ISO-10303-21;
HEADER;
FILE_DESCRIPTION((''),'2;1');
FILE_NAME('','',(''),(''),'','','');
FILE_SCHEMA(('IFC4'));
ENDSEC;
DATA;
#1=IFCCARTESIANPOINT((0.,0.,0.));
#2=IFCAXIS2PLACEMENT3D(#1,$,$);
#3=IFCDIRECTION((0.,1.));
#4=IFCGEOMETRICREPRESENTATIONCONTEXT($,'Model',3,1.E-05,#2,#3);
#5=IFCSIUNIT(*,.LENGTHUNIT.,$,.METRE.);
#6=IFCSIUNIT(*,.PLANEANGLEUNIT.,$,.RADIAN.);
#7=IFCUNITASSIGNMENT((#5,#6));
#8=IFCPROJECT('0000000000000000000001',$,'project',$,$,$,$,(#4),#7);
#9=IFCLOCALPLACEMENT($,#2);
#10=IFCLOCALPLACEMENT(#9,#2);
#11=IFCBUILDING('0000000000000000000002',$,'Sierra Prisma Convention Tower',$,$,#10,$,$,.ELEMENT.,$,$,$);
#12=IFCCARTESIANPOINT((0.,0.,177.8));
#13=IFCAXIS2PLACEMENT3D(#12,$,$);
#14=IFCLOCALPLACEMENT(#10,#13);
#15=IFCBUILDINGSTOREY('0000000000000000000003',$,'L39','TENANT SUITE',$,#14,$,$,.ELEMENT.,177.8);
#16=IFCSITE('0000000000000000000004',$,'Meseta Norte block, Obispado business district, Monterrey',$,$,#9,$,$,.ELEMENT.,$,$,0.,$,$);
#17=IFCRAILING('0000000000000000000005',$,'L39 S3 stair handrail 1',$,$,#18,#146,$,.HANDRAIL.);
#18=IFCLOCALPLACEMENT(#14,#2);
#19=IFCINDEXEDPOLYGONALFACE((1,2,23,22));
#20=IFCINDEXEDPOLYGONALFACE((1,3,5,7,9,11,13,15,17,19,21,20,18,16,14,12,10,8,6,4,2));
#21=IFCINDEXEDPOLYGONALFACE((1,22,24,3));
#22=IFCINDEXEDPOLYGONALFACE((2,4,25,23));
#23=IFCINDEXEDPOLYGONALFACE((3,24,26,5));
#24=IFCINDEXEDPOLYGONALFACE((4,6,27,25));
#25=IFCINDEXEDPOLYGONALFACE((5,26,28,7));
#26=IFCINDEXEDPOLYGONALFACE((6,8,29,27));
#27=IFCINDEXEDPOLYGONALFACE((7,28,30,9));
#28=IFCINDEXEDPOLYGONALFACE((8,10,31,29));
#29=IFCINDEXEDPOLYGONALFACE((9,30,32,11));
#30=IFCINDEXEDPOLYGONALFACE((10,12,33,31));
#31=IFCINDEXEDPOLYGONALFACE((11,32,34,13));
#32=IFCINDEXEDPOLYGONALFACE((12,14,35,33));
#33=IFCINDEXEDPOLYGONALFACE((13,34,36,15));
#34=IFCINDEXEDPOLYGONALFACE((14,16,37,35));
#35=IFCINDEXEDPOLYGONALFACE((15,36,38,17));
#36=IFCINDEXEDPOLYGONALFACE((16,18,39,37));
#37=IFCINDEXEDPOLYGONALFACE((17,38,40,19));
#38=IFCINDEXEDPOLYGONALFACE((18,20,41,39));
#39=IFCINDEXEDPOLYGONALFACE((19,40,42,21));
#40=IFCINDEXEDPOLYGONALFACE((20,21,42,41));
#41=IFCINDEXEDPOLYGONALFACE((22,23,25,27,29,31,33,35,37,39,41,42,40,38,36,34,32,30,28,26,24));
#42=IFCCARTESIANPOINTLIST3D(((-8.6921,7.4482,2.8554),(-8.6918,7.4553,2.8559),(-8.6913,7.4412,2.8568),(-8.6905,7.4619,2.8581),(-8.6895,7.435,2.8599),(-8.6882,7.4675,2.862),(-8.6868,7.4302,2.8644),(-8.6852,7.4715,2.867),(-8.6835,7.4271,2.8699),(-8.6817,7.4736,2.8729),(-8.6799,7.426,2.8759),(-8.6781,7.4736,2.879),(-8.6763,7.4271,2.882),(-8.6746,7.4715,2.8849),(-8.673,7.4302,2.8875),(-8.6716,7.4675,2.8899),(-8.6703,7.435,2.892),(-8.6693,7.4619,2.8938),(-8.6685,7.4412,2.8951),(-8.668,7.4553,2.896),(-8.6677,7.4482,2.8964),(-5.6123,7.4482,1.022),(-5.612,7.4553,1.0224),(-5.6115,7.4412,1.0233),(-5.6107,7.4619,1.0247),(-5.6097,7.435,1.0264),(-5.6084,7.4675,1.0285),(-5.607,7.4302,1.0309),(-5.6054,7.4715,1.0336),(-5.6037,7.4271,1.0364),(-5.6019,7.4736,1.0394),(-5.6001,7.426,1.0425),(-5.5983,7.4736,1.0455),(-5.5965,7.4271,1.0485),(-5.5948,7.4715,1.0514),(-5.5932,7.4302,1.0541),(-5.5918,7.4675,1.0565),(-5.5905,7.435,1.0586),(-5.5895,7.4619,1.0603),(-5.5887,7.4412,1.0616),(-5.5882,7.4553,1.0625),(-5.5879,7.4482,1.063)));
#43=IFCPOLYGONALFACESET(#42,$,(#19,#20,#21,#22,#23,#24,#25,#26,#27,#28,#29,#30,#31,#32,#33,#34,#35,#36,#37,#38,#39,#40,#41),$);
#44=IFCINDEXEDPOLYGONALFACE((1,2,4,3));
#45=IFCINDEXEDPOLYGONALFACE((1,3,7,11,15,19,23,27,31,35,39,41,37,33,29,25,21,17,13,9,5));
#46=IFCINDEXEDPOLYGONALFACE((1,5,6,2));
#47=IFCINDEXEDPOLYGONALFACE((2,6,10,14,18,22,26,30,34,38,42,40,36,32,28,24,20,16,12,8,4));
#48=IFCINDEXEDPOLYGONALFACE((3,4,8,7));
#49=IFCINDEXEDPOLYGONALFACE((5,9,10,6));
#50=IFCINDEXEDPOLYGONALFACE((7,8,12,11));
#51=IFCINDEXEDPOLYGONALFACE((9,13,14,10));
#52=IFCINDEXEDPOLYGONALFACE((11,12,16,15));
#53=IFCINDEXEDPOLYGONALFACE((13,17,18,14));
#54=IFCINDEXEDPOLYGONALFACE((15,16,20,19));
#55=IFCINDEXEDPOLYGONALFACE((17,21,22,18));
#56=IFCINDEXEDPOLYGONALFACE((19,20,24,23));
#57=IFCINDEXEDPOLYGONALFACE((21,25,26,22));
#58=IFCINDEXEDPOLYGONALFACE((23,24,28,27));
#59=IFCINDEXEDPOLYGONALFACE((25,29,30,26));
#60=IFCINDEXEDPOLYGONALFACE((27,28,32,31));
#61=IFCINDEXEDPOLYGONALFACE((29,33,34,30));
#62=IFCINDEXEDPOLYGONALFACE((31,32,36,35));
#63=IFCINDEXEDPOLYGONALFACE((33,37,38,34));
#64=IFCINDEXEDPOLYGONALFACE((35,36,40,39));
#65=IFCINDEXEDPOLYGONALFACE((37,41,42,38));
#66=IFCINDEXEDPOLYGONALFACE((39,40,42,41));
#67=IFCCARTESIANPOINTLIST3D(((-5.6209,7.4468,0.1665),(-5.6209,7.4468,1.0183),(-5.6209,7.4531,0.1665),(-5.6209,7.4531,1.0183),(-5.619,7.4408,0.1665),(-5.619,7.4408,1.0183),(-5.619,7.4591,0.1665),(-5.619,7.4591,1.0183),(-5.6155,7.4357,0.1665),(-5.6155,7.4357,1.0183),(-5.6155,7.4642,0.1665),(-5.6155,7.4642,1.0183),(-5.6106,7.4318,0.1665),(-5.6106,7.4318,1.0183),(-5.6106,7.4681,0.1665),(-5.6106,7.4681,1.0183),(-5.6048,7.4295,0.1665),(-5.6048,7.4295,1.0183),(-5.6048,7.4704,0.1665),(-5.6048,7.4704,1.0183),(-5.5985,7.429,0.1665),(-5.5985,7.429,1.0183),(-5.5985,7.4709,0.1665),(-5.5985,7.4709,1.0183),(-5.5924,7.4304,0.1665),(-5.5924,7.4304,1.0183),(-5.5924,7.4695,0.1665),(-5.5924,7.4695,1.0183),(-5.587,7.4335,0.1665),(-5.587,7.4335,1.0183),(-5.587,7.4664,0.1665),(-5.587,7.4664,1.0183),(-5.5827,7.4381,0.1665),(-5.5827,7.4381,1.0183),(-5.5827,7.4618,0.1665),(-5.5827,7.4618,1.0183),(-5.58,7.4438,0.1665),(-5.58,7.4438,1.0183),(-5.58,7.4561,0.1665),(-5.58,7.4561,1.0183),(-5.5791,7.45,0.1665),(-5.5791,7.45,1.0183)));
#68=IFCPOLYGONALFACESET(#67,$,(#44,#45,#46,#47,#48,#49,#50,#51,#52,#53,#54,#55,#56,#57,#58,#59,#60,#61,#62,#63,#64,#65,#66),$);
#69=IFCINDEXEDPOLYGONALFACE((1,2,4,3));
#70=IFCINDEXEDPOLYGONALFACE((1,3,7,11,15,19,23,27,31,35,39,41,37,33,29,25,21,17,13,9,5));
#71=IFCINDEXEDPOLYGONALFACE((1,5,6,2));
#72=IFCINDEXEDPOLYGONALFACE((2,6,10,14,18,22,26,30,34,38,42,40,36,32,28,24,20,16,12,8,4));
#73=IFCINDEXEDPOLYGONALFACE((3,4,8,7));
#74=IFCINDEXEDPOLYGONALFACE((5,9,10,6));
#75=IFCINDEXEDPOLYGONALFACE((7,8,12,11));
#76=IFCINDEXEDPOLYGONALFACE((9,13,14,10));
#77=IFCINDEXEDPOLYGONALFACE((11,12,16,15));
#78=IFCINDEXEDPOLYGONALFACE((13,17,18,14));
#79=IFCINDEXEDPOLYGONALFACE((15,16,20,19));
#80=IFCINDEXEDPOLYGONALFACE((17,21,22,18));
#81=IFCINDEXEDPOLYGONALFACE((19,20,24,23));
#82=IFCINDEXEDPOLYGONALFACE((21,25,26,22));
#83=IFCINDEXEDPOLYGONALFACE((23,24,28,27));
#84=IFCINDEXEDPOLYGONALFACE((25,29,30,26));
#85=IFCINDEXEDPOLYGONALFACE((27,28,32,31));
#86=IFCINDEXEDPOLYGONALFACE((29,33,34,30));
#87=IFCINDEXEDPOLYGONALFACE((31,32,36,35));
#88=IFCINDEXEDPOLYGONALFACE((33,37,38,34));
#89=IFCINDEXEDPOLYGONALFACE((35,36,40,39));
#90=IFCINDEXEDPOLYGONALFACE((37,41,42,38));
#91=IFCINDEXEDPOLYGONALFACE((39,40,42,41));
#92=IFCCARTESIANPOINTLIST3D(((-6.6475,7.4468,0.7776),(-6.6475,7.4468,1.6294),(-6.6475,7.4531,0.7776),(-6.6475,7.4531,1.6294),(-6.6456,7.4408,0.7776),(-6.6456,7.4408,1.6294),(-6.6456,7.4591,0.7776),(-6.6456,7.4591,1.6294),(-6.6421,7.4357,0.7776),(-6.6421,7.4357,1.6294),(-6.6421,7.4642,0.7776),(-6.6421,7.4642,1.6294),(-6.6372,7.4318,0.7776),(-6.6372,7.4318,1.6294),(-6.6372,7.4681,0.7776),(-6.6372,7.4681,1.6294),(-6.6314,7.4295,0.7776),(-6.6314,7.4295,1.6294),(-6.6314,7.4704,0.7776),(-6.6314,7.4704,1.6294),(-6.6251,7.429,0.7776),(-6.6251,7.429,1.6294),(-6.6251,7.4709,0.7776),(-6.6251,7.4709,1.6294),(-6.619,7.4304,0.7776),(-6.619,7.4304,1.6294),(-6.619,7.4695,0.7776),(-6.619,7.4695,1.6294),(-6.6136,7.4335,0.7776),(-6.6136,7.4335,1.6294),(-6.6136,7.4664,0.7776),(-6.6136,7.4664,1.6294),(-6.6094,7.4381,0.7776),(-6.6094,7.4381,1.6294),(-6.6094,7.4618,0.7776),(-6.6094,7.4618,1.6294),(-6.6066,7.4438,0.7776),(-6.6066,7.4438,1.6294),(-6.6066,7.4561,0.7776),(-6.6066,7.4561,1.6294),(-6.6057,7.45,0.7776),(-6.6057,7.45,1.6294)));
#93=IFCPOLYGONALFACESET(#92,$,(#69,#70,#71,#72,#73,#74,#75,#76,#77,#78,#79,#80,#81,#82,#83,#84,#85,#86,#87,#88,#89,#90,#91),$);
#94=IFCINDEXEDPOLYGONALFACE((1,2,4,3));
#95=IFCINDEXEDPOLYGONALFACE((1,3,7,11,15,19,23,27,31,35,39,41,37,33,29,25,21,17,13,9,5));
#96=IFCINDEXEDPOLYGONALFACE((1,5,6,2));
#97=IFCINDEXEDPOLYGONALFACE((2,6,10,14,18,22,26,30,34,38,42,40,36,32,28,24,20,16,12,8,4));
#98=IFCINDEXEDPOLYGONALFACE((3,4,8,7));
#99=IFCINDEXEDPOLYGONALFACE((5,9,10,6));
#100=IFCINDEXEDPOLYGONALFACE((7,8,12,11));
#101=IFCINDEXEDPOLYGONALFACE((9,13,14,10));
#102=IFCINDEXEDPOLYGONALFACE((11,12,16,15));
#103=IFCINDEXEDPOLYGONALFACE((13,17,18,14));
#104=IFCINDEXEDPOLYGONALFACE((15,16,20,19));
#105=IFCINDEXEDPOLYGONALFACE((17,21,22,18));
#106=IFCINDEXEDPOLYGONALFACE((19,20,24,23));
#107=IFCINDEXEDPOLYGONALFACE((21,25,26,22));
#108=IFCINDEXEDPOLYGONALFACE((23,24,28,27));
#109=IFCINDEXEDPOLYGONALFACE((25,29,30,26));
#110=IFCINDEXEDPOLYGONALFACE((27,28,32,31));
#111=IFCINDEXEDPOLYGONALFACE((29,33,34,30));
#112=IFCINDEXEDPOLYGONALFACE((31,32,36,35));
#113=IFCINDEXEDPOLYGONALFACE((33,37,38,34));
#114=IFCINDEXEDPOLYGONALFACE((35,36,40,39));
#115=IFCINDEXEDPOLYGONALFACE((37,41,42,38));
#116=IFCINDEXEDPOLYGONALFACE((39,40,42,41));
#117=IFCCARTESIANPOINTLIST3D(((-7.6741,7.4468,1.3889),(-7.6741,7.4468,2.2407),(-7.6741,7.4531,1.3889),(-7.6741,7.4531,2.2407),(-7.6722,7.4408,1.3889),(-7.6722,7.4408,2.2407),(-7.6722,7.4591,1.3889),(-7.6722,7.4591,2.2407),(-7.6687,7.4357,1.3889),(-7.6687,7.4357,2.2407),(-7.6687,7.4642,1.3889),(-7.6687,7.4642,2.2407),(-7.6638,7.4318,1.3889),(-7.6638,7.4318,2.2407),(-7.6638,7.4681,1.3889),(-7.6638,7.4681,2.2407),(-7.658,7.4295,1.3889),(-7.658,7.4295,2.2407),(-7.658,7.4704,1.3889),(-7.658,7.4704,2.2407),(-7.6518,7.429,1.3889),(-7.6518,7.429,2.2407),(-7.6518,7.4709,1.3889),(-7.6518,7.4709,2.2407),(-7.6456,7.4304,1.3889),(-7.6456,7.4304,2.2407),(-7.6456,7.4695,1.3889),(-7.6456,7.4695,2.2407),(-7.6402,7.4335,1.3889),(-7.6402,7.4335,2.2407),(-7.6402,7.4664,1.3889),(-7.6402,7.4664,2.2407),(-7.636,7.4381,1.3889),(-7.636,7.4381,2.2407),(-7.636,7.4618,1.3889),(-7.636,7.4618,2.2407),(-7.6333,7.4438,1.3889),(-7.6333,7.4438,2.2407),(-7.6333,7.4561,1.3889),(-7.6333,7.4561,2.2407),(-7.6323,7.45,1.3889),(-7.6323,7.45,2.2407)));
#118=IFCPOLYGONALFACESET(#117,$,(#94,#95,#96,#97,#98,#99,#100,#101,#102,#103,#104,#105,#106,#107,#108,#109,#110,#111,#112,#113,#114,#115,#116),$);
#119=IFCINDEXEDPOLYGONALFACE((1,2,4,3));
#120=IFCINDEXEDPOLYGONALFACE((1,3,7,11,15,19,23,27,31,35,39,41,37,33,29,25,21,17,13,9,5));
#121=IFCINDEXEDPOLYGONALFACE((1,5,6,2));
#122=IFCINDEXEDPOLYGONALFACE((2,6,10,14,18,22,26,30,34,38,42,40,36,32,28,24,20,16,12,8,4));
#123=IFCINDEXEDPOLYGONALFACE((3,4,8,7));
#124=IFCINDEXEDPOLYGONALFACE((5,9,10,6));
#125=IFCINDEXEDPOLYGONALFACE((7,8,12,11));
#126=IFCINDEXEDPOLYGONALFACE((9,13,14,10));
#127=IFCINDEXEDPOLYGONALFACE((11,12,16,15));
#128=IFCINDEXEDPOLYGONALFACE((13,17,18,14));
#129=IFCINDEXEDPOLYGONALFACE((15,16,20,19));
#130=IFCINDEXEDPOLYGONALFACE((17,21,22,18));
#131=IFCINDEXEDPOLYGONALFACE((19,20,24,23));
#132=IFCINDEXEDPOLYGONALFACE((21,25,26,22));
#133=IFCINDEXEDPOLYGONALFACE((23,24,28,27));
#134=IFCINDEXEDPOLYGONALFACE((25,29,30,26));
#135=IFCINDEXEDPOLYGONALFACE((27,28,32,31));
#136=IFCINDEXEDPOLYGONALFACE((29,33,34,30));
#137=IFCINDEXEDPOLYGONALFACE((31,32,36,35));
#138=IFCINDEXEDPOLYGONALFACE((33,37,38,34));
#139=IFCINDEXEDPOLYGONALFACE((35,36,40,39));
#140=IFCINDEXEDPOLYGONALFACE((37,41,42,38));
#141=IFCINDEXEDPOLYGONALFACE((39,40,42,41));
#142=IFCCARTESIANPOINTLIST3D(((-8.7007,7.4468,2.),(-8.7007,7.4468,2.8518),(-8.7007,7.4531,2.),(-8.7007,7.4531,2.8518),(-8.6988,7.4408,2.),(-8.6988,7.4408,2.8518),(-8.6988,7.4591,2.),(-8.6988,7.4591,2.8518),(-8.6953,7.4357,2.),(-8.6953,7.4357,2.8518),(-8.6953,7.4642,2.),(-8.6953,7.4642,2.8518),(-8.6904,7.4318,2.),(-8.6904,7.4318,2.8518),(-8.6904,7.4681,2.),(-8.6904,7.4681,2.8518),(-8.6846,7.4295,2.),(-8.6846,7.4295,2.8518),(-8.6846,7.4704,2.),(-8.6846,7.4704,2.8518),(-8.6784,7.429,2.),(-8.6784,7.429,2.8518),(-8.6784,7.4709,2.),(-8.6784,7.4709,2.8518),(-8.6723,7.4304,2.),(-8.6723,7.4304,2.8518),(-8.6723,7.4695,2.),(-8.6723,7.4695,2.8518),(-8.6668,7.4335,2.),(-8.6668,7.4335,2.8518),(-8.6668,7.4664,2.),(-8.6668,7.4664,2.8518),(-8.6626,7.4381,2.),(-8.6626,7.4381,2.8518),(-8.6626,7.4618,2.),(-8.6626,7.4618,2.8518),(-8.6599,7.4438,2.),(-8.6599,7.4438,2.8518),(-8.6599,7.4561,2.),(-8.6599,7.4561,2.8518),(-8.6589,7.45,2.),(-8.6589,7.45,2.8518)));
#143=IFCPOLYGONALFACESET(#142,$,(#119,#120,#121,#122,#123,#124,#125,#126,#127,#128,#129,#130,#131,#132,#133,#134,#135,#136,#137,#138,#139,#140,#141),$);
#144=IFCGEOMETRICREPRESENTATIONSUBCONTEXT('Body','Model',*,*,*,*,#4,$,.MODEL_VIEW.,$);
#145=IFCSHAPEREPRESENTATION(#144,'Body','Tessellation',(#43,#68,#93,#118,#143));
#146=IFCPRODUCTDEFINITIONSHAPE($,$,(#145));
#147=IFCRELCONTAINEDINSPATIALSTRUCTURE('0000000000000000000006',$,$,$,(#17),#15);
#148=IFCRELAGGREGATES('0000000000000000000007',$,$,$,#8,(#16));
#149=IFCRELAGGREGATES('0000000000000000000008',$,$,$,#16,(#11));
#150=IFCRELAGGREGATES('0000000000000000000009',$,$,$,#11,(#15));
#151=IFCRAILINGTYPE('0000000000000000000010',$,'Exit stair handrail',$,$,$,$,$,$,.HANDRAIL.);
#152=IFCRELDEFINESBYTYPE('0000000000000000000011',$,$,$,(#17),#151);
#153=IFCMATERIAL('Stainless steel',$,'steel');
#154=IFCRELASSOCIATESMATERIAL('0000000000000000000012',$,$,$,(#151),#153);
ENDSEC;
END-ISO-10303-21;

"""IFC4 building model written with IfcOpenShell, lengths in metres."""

from ifc_helpers import new_model, si_unit, direction, frame, origin, origin_2d, place, context, subcontext, project, spatial, circle, extrude, material, type_object, element, save


model = new_model("IFC4")

# Units and contexts
model_context = context("Model", 3, precision=1e-05, world=origin(), true_north=direction((0.0, 1.0)))
body_context = subcontext(model_context, "Body", "Model", "MODEL_VIEW")
ifc_project = project(units=[si_unit("LENGTHUNIT", "METRE"), si_unit("PLANEANGLEUNIT", "RADIAN")], contexts=[model_context])

# Site, building, storey
site_placement = place(None, origin())
site = spatial("IfcSite", under=ifc_project, at=site_placement, Name="Meseta Norte block, Obispado business district, Monterrey", CompositionType="ELEMENT", RefElevation=0.0)
building_placement = place(site_placement, origin())
building = spatial("IfcBuilding", under=site, at=building_placement, Name="Sierra Prisma Convention Tower", CompositionType="ELEMENT")
storey_placement = place(building_placement, frame((0.0, 0.0, 177.8)))
storey = spatial("IfcBuildingStorey", under=building, at=storey_placement, Name="L39", Description="TENANT SUITE", CompositionType="ELEMENT", Elevation=177.8)

# Railing
ifc_material_1 = material(Name="Stainless steel", Category="steel")
railing_type_1 = type_object("IfcRailingType", Name="Exit stair handrail", PredefinedType="HANDRAIL", material=ifc_material_1)
railing_1_placement = place(storey_placement, frame((-5.6001, 7.45, 0.1665)))
element("IfcRailing", 1, at=railing_1_placement, inside=storey, type_object=railing_type_1, Name="L39 S3 stair handrail 1", PredefinedType="HANDRAIL", context=body_context, shape_type="SweptSolid", body=[
    extrude(circle(Radius=0.0239, at=origin_2d()), frame((0.0, 0.0, 0.876), z_axis=(-0.859261, 0.0, 0.511538), x_axis=(0.0, -1.0, 0.0)), (0.0, 0.0, 1.0), 3.5842),
    extrude(circle(Radius=0.021, at=origin_2d()), origin(), (0.0, 0.0, 1.0), 0.8518),
    extrude(circle(Radius=0.021, at=origin_2d()), frame((-1.0266, 0.0, 0.6111)), (0.0, 0.0, 1.0), 0.8518),
    extrude(circle(Radius=0.021, at=origin_2d()), frame((-2.0532, 0.0, 1.2224)), (0.0, 0.0, 1.0), 0.8518),
    extrude(circle(Radius=0.021, at=origin_2d()), frame((-3.0798, 0.0, 1.8335)), (0.0, 0.0, 1.0), 0.8518),
])

save(model, "model.ifc")
